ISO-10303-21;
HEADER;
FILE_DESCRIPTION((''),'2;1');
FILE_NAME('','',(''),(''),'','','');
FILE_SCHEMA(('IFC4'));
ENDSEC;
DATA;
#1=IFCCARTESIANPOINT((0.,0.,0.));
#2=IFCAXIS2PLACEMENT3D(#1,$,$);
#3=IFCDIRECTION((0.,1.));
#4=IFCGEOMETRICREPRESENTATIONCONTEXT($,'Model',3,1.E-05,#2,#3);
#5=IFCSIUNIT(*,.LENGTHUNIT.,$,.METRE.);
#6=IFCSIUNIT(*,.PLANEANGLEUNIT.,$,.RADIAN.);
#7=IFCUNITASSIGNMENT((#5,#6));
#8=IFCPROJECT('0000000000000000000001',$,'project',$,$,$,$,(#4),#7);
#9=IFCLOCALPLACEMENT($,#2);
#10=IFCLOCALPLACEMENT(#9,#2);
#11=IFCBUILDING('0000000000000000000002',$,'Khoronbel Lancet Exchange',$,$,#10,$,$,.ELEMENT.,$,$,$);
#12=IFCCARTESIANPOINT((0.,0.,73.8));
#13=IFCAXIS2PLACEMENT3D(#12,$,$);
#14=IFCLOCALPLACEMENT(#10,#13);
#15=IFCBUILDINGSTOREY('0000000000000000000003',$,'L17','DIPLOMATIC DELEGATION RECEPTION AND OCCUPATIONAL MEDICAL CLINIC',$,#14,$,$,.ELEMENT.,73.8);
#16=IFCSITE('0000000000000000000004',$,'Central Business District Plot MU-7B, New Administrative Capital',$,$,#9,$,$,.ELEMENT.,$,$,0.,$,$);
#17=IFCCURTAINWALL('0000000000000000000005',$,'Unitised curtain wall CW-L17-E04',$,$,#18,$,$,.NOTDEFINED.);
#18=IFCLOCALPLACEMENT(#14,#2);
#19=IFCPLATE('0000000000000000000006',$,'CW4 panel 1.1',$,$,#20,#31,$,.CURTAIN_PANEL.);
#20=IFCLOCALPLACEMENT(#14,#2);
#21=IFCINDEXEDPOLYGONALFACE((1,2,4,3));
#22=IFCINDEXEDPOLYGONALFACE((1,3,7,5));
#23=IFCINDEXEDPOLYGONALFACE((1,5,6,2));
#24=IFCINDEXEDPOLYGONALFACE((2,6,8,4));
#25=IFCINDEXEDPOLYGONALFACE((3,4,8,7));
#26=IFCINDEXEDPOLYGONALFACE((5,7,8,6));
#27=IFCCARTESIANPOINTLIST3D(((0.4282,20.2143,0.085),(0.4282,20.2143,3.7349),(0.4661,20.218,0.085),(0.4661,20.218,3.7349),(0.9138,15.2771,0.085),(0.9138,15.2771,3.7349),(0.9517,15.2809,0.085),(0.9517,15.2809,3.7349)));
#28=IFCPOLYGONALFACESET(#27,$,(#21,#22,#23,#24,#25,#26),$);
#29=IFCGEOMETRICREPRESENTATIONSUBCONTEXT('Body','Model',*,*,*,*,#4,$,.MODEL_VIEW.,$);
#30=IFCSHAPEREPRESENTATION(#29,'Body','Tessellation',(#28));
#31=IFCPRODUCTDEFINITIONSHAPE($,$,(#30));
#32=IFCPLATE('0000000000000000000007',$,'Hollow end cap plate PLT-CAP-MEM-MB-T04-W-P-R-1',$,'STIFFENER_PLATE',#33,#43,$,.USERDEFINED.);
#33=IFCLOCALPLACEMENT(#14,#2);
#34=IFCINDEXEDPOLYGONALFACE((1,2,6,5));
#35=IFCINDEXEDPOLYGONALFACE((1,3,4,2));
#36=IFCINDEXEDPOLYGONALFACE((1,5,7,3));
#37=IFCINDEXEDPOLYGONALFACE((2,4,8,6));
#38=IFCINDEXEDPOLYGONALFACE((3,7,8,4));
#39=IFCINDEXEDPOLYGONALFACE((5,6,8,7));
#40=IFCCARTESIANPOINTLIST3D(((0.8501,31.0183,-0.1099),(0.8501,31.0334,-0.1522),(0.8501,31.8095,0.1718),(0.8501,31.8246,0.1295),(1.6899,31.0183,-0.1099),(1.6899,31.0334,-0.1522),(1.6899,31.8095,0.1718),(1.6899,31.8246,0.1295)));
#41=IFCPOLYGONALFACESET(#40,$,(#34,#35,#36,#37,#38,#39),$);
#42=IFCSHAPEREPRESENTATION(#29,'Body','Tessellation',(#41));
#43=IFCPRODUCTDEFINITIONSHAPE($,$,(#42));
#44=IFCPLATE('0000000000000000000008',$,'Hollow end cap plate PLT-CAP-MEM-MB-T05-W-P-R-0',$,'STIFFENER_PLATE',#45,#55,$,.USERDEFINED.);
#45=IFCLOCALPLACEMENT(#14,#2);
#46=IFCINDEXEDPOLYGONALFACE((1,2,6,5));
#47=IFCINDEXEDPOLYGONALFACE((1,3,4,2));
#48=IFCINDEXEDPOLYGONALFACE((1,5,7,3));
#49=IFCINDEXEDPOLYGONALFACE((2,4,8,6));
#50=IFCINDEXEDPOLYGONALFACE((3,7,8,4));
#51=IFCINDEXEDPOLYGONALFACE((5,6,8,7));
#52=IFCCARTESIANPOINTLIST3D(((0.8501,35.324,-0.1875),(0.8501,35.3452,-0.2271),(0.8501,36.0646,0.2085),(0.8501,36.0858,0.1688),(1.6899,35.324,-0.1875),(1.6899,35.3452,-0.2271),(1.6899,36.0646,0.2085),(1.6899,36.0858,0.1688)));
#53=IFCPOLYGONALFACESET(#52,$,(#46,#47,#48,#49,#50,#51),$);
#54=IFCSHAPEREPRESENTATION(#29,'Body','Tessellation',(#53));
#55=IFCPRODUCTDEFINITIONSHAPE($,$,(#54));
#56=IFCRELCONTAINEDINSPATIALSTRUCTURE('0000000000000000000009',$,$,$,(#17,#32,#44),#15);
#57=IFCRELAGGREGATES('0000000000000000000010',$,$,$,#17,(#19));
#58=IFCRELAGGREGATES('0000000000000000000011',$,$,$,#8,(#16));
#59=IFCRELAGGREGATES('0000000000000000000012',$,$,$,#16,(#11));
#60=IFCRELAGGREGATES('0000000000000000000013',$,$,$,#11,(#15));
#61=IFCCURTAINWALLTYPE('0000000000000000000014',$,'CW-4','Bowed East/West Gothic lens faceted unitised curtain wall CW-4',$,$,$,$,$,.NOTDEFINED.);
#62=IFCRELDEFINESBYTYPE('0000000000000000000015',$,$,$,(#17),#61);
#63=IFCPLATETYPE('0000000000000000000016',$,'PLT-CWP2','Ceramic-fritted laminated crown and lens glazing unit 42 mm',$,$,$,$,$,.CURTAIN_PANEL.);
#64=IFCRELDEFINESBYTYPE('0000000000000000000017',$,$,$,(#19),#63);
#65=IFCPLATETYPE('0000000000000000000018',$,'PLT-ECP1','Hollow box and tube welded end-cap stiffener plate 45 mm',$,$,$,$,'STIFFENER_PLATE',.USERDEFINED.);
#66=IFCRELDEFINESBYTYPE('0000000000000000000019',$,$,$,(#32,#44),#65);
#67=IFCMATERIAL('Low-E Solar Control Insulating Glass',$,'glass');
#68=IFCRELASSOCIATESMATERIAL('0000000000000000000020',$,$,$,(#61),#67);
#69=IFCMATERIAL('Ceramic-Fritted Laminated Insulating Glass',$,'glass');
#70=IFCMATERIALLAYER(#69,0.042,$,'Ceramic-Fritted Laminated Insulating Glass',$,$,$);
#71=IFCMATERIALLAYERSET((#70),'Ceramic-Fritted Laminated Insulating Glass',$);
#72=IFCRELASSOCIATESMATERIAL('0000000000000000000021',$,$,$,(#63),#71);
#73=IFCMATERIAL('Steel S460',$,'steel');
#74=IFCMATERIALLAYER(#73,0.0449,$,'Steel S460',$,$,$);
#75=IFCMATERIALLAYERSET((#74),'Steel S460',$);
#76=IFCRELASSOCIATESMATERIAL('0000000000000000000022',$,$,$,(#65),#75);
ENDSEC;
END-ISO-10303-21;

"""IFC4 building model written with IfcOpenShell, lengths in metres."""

from ifc_helpers import new_model, si_unit, direction, frame, origin, origin_2d, place, context, subcontext, project, spatial, polyline, rectangle, outline, extrude, material, layer, layer_set, type_object, element, aggregate, save


model = new_model("IFC4")

# Units and contexts
model_context = context("Model", 3, precision=1e-05, world=origin(), true_north=direction((0.0, 1.0)))
body_context = subcontext(model_context, "Body", "Model", "MODEL_VIEW")
ifc_project = project(units=[si_unit("LENGTHUNIT", "METRE"), si_unit("PLANEANGLEUNIT", "RADIAN")], contexts=[model_context])

# Site, building, storey
site_placement = place(None, origin())
site = spatial("IfcSite", under=ifc_project, at=site_placement, Name="Central Business District Plot MU-7B, New Administrative Capital", CompositionType="ELEMENT", RefElevation=0.0)
building_placement = place(site_placement, origin())
building = spatial("IfcBuilding", under=site, at=building_placement, Name="Khoronbel Lancet Exchange", CompositionType="ELEMENT")
storey_placement = place(building_placement, frame((0.0, 0.0, 73.8)))
storey = spatial("IfcBuildingStorey", under=building, at=storey_placement, Name="L17", Description="DIPLOMATIC DELEGATION RECEPTION AND OCCUPATIONAL MEDICAL CLINIC", CompositionType="ELEMENT", Elevation=73.8)

# Curtain wall
ifc_material_1 = material(Name="Low-E Solar Control Insulating Glass", Category="glass")
curtain_wall_type = type_object("IfcCurtainWallType", Name="CW-4", Description="Bowed East/West Gothic lens faceted unitised curtain wall CW-4", PredefinedType="NOTDEFINED", material=ifc_material_1)
curtain_wall_1_placement = place(storey_placement, origin())
curtain_wall_1 = element("IfcCurtainWall", 1, at=curtain_wall_1_placement, inside=storey, type_object=curtain_wall_type, Name="Unitised curtain wall CW-L17-E04", PredefinedType="NOTDEFINED")

# Plate
ifc_material_2 = material(Name="Ceramic-Fritted Laminated Insulating Glass", Category="glass")
ifc_layer_1 = layer(ifc_material_2, 0.042, Name="Ceramic-Fritted Laminated Insulating Glass")
ifc_layer_set_1 = layer_set([ifc_layer_1], Name="Ceramic-Fritted Laminated Insulating Glass")
plate_type_1 = type_object("IfcPlateType", Name="PLT-CWP2", Description="Ceramic-fritted laminated crown and lens glazing unit 42 mm", PredefinedType="CURTAIN_PANEL", material=ifc_layer_set_1)
plate_1_placement = place(storey_placement, frame((0.6899, 17.7476, 0.085), z_axis=(0.0, 0.0, 1.0), x_axis=(-0.097886, 0.995198, 0.0)))
plate_1 = element("IfcPlate", 2, at=plate_1_placement, type_object=plate_type_1, Name="CW4 panel 1.1", PredefinedType="CURTAIN_PANEL", context=body_context, shape_type="SweptSolid", body=[
    extrude(rectangle(XDim=4.9609, YDim=0.0381, at=origin_2d()), origin(), (0.0, 0.0, 1.0), 3.6499),
])
aggregate(curtain_wall_1, [plate_1])

# Plates
ifc_material_3 = material(Name="Steel S460", Category="steel")
ifc_layer_2 = layer(ifc_material_3, 0.0449, Name="Steel S460")
ifc_layer_set_2 = layer_set([ifc_layer_2], Name="Steel S460")
plate_type_2 = type_object("IfcPlateType", Name="PLT-ECP1", Description="Hollow box and tube welded end-cap stiffener plate 45 mm", ElementType="STIFFENER_PLATE", PredefinedType="USERDEFINED", material=ifc_layer_set_2)
for number, where, z_axis, x_axis, name in (
    (3, (0.8501, 31.0183, -0.1099), (0.0, -0.335434, 0.942064), (1.0, 0.0, 0.0), "Hollow end cap plate PLT-CAP-MEM-MB-T04-W-P-R-1"),
    (4, (0.8501, 35.324, -0.1875), (0.0, -0.471463, 0.881886), (1.0, 0.0, 0.0), "Hollow end cap plate PLT-CAP-MEM-MB-T05-W-P-R-0"),
):
    element("IfcPlate", number, at=place(storey_placement, frame(where, z_axis=z_axis, x_axis=x_axis)), inside=storey, type_object=plate_type_2, Name=name, ObjectType="STIFFENER_PLATE", PredefinedType="USERDEFINED", context=body_context, shape_type="SweptSolid", body=[
        extrude(outline(polyline([(0.0, 0.0), (0.8398, 0.0), (0.8398, 0.8398), (0.0, 0.8398), (0.0, 0.0)])), origin(), (0.0, 0.0, -1.0), 0.0449),
    ])

save(model, "model.ifc")
